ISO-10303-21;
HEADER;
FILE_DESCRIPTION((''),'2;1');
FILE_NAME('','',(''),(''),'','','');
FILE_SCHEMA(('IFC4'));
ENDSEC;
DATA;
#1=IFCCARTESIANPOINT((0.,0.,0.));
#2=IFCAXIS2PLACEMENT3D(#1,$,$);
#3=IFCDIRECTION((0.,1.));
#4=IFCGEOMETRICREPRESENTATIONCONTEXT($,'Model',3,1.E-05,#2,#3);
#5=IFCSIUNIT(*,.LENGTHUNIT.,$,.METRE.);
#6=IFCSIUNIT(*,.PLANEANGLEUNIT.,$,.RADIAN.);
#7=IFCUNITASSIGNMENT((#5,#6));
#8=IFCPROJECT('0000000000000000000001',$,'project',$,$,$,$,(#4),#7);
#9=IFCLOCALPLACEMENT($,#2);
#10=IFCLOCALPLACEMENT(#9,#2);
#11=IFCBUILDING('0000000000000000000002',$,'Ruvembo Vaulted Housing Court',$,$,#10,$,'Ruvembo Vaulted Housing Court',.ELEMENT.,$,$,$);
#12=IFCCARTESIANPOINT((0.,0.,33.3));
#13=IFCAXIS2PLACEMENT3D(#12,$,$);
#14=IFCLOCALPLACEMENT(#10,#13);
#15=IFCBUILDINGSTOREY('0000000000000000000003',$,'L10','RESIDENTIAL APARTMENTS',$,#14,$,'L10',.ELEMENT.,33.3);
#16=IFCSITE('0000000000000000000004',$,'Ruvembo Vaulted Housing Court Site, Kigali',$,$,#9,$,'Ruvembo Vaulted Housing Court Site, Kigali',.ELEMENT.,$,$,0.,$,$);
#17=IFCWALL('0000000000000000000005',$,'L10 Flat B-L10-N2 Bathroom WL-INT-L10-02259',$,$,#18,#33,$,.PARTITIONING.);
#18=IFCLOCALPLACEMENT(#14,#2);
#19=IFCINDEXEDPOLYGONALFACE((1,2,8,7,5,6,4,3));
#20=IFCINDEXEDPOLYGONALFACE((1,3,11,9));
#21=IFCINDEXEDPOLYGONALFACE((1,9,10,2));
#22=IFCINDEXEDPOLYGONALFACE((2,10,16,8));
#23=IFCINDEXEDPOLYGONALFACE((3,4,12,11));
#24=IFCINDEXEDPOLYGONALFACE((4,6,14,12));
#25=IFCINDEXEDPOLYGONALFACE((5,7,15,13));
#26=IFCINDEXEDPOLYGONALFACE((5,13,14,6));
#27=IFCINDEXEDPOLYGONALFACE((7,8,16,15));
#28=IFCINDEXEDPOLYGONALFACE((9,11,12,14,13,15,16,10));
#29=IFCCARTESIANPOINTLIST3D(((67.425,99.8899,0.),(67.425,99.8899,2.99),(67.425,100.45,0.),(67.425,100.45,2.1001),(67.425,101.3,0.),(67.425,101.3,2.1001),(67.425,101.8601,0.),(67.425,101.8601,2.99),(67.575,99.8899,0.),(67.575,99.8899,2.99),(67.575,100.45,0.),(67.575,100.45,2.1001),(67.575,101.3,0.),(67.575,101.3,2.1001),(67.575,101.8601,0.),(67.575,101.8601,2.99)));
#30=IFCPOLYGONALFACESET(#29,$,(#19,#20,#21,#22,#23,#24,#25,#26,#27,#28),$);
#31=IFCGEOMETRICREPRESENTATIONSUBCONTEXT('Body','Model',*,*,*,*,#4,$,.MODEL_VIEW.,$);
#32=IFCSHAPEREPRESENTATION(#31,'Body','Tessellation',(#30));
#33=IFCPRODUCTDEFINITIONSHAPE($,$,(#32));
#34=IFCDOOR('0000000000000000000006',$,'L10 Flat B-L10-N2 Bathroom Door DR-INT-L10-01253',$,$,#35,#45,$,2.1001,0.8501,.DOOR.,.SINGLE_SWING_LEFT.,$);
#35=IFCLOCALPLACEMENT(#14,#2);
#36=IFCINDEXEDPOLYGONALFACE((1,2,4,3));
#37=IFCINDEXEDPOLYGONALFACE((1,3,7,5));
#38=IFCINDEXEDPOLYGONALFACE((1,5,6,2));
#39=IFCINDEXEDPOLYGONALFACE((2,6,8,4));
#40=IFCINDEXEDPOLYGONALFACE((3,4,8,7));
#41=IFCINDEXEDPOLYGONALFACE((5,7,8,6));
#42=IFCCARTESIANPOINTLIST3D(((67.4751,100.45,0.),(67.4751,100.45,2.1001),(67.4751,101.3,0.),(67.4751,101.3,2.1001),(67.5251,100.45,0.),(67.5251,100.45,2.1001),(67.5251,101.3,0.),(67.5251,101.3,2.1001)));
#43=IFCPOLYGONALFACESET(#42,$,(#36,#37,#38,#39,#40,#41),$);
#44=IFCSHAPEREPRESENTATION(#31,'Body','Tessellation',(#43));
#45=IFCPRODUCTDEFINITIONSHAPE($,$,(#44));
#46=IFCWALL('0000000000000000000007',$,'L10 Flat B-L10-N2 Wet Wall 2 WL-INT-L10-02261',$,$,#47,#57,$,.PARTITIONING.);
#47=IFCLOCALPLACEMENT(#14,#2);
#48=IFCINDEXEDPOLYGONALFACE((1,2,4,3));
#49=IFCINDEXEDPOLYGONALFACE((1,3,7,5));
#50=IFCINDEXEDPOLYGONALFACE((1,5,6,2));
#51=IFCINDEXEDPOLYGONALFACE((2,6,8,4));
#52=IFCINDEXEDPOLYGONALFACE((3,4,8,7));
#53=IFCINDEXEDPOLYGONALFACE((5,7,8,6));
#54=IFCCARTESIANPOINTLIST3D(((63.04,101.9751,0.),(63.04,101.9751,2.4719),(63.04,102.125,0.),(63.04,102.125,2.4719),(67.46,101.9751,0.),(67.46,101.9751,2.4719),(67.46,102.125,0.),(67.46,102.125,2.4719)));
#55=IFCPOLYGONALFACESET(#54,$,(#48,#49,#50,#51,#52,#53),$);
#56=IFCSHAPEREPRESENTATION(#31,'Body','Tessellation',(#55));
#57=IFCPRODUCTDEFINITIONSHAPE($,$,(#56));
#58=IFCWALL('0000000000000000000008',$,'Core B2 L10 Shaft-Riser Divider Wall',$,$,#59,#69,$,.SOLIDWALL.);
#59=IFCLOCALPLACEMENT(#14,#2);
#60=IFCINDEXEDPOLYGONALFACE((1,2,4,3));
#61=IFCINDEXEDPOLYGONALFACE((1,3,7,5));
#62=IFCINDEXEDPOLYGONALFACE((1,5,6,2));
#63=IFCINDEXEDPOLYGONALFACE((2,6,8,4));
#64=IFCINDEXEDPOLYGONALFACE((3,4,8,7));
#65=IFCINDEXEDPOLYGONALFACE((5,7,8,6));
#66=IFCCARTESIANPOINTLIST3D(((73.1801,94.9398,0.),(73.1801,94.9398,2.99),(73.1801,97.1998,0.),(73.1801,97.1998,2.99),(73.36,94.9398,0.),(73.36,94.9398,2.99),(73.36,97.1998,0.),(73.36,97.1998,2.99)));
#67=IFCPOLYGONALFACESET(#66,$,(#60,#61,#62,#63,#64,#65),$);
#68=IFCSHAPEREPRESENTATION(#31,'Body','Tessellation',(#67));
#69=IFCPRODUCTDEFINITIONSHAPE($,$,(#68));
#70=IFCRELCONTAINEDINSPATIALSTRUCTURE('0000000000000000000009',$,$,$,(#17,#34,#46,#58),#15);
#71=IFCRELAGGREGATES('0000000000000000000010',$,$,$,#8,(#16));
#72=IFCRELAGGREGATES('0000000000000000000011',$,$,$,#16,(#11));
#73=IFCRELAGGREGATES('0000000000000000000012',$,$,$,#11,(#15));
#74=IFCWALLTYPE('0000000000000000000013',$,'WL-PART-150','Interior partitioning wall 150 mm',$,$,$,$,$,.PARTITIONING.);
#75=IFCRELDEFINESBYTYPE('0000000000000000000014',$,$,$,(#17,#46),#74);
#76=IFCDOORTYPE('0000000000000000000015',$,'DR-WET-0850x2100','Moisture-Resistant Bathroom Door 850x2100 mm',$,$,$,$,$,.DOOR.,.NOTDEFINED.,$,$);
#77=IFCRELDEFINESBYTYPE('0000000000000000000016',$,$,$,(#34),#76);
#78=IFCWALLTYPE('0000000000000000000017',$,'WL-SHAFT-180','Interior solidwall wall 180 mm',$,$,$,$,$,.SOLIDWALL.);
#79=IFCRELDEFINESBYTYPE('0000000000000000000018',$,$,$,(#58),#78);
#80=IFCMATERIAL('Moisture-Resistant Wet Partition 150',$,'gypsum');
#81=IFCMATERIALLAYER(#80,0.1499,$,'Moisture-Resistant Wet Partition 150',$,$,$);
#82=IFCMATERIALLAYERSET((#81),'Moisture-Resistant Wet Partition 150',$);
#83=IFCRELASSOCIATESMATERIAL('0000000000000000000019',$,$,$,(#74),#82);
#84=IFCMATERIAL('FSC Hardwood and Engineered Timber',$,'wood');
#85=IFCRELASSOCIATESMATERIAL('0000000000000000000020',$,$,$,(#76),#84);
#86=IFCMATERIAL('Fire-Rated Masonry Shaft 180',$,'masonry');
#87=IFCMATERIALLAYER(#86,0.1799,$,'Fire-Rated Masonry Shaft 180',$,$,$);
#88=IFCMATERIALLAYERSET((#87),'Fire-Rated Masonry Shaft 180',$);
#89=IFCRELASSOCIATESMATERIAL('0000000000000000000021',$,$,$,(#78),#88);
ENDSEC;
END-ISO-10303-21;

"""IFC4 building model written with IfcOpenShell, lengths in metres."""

from ifc_helpers import new_model, si_unit, direction, frame, frame_2d, origin, place, context, subcontext, project, spatial, rectangle, extrude, material, layer, layer_set, type_object, element, fill, save


model = new_model("IFC4")

# Units and contexts
model_context = context("Model", 3, precision=1e-05, world=origin(), true_north=direction((0.0, 1.0)))
body_context = subcontext(model_context, "Body", "Model", "MODEL_VIEW")
ifc_project = project(units=[si_unit("LENGTHUNIT", "METRE"), si_unit("PLANEANGLEUNIT", "RADIAN")], contexts=[model_context])

# Site, building, storey
site_placement = place(None, origin())
site = spatial("IfcSite", under=ifc_project, at=site_placement, Name="Ruvembo Vaulted Housing Court Site, Kigali", LongName="Ruvembo Vaulted Housing Court Site, Kigali", CompositionType="ELEMENT", RefElevation=0.0)
building_placement = place(site_placement, origin())
building = spatial("IfcBuilding", under=site, at=building_placement, Name="Ruvembo Vaulted Housing Court", LongName="Ruvembo Vaulted Housing Court", CompositionType="ELEMENT")
storey_placement = place(building_placement, frame((0.0, 0.0, 33.3)))
storey = spatial("IfcBuildingStorey", under=building, at=storey_placement, Name="L10", Description="RESIDENTIAL APARTMENTS", LongName="L10", CompositionType="ELEMENT", Elevation=33.3)

# Shared definitions
ifc_material_1 = material(Name="FSC Hardwood and Engineered Timber", Category="wood")

# Wall, opening, door
ifc_material_2 = material(Name="Moisture-Resistant Wet Partition 150", Category="gypsum")
ifc_layer_1 = layer(ifc_material_2, 0.1499, Name="Moisture-Resistant Wet Partition 150")
ifc_layer_set_1 = layer_set([ifc_layer_1], Name="Moisture-Resistant Wet Partition 150")
wall_type_1 = type_object("IfcWallType", Name="WL-PART-150", Description="Interior partitioning wall 150 mm", PredefinedType="PARTITIONING", material=ifc_layer_set_1)
wall_1_placement = place(storey_placement, frame((67.5, 99.8899, 0.0), z_axis=(0.0, 0.0, 1.0), x_axis=(0.0, 1.0, 0.0)))
wall_1 = element("IfcWall", 1, at=wall_1_placement, inside=storey, type_object=wall_type_1, Name="L10 Flat B-L10-N2 Bathroom WL-INT-L10-02259", PredefinedType="PARTITIONING", context=body_context, shape_type="SweptSolid", body=[
    extrude(rectangle(XDim=1.9702, YDim=0.1499, at=frame_2d((0.9851, 0.0))), origin(), (0.0, 0.0, 1.0), 2.99),
])
opening_1_placement = place(wall_1_placement, frame((0.5601, 0.0, 0.0)))
opening_1 = element("IfcOpeningElement", 2, at=opening_1_placement, cuts=wall_1, PredefinedType="OPENING", context=body_context, shape_type="SweptSolid", body=[
    extrude(rectangle(XDim=0.8501, YDim=2.1001, at=frame_2d((0.425, 1.05))), frame((0.0, 0.085, 0.0), z_axis=(0.0, -1.0, 0.0), x_axis=(1.0, 0.0, 0.0)), (0.0, 0.0, 1.0), 0.1699),
])
door_type_1 = type_object("IfcDoorType", Name="DR-WET-0850x2100", Description="Moisture-Resistant Bathroom Door 850x2100 mm", OperationType="NOTDEFINED", PredefinedType="DOOR", material=ifc_material_1)
door_1_placement = place(opening_1_placement, origin())
door_1 = element("IfcDoor", 3, at=door_1_placement, inside=storey, type_object=door_type_1, Name="L10 Flat B-L10-N2 Bathroom Door DR-INT-L10-01253", OperationType="SINGLE_SWING_LEFT", OverallHeight=2.1001, OverallWidth=0.8501, PredefinedType="DOOR", context=body_context, shape_type="SweptSolid", body=[
    extrude(rectangle(XDim=0.8501, YDim=2.1001, at=frame_2d((0.425, 1.05))), frame((0.0, 0.0249, 0.0), z_axis=(0.0, -1.0, 0.0), x_axis=(1.0, 0.0, 0.0)), (0.0, 0.0, 1.0), 0.05),
])
fill(opening_1, door_1)

# Wall
wall_2_placement = place(storey_placement, frame((63.04, 102.05, 0.0), z_axis=(0.0, 0.0, 1.0), x_axis=(1.0, 0.0, 0.0)))
element("IfcWall", 4, at=wall_2_placement, inside=storey, type_object=wall_type_1, Name="L10 Flat B-L10-N2 Wet Wall 2 WL-INT-L10-02261", PredefinedType="PARTITIONING", context=body_context, shape_type="SweptSolid", body=[
    extrude(rectangle(XDim=4.4199, YDim=0.1499, at=frame_2d((2.21, 0.0))), origin(), (0.0, 0.0, 1.0), 2.4719),
])

# Shared definitions
ifc_material_3 = material(Name="Fire-Rated Masonry Shaft 180", Category="masonry")
ifc_layer_2 = layer(ifc_material_3, 0.1799, Name="Fire-Rated Masonry Shaft 180")
ifc_layer_set_2 = layer_set([ifc_layer_2], Name="Fire-Rated Masonry Shaft 180")
wall_type_2 = type_object("IfcWallType", Name="WL-SHAFT-180", Description="Interior solidwall wall 180 mm", PredefinedType="SOLIDWALL", material=ifc_layer_set_2)

# Wall
wall_3_placement = place(storey_placement, frame((73.27, 94.9399, 0.0), z_axis=(0.0, 0.0, 1.0), x_axis=(0.0, 1.0, 0.0)))
element("IfcWall", 5, at=wall_3_placement, inside=storey, type_object=wall_type_2, Name="Core B2 L10 Shaft-Riser Divider Wall", PredefinedType="SOLIDWALL", context=body_context, shape_type="SweptSolid", body=[
    extrude(rectangle(XDim=2.26, YDim=0.1799, at=frame_2d((1.1299, 0.0))), origin(), (0.0, 0.0, 1.0), 2.99),
])

save(model, "model.ifc")
